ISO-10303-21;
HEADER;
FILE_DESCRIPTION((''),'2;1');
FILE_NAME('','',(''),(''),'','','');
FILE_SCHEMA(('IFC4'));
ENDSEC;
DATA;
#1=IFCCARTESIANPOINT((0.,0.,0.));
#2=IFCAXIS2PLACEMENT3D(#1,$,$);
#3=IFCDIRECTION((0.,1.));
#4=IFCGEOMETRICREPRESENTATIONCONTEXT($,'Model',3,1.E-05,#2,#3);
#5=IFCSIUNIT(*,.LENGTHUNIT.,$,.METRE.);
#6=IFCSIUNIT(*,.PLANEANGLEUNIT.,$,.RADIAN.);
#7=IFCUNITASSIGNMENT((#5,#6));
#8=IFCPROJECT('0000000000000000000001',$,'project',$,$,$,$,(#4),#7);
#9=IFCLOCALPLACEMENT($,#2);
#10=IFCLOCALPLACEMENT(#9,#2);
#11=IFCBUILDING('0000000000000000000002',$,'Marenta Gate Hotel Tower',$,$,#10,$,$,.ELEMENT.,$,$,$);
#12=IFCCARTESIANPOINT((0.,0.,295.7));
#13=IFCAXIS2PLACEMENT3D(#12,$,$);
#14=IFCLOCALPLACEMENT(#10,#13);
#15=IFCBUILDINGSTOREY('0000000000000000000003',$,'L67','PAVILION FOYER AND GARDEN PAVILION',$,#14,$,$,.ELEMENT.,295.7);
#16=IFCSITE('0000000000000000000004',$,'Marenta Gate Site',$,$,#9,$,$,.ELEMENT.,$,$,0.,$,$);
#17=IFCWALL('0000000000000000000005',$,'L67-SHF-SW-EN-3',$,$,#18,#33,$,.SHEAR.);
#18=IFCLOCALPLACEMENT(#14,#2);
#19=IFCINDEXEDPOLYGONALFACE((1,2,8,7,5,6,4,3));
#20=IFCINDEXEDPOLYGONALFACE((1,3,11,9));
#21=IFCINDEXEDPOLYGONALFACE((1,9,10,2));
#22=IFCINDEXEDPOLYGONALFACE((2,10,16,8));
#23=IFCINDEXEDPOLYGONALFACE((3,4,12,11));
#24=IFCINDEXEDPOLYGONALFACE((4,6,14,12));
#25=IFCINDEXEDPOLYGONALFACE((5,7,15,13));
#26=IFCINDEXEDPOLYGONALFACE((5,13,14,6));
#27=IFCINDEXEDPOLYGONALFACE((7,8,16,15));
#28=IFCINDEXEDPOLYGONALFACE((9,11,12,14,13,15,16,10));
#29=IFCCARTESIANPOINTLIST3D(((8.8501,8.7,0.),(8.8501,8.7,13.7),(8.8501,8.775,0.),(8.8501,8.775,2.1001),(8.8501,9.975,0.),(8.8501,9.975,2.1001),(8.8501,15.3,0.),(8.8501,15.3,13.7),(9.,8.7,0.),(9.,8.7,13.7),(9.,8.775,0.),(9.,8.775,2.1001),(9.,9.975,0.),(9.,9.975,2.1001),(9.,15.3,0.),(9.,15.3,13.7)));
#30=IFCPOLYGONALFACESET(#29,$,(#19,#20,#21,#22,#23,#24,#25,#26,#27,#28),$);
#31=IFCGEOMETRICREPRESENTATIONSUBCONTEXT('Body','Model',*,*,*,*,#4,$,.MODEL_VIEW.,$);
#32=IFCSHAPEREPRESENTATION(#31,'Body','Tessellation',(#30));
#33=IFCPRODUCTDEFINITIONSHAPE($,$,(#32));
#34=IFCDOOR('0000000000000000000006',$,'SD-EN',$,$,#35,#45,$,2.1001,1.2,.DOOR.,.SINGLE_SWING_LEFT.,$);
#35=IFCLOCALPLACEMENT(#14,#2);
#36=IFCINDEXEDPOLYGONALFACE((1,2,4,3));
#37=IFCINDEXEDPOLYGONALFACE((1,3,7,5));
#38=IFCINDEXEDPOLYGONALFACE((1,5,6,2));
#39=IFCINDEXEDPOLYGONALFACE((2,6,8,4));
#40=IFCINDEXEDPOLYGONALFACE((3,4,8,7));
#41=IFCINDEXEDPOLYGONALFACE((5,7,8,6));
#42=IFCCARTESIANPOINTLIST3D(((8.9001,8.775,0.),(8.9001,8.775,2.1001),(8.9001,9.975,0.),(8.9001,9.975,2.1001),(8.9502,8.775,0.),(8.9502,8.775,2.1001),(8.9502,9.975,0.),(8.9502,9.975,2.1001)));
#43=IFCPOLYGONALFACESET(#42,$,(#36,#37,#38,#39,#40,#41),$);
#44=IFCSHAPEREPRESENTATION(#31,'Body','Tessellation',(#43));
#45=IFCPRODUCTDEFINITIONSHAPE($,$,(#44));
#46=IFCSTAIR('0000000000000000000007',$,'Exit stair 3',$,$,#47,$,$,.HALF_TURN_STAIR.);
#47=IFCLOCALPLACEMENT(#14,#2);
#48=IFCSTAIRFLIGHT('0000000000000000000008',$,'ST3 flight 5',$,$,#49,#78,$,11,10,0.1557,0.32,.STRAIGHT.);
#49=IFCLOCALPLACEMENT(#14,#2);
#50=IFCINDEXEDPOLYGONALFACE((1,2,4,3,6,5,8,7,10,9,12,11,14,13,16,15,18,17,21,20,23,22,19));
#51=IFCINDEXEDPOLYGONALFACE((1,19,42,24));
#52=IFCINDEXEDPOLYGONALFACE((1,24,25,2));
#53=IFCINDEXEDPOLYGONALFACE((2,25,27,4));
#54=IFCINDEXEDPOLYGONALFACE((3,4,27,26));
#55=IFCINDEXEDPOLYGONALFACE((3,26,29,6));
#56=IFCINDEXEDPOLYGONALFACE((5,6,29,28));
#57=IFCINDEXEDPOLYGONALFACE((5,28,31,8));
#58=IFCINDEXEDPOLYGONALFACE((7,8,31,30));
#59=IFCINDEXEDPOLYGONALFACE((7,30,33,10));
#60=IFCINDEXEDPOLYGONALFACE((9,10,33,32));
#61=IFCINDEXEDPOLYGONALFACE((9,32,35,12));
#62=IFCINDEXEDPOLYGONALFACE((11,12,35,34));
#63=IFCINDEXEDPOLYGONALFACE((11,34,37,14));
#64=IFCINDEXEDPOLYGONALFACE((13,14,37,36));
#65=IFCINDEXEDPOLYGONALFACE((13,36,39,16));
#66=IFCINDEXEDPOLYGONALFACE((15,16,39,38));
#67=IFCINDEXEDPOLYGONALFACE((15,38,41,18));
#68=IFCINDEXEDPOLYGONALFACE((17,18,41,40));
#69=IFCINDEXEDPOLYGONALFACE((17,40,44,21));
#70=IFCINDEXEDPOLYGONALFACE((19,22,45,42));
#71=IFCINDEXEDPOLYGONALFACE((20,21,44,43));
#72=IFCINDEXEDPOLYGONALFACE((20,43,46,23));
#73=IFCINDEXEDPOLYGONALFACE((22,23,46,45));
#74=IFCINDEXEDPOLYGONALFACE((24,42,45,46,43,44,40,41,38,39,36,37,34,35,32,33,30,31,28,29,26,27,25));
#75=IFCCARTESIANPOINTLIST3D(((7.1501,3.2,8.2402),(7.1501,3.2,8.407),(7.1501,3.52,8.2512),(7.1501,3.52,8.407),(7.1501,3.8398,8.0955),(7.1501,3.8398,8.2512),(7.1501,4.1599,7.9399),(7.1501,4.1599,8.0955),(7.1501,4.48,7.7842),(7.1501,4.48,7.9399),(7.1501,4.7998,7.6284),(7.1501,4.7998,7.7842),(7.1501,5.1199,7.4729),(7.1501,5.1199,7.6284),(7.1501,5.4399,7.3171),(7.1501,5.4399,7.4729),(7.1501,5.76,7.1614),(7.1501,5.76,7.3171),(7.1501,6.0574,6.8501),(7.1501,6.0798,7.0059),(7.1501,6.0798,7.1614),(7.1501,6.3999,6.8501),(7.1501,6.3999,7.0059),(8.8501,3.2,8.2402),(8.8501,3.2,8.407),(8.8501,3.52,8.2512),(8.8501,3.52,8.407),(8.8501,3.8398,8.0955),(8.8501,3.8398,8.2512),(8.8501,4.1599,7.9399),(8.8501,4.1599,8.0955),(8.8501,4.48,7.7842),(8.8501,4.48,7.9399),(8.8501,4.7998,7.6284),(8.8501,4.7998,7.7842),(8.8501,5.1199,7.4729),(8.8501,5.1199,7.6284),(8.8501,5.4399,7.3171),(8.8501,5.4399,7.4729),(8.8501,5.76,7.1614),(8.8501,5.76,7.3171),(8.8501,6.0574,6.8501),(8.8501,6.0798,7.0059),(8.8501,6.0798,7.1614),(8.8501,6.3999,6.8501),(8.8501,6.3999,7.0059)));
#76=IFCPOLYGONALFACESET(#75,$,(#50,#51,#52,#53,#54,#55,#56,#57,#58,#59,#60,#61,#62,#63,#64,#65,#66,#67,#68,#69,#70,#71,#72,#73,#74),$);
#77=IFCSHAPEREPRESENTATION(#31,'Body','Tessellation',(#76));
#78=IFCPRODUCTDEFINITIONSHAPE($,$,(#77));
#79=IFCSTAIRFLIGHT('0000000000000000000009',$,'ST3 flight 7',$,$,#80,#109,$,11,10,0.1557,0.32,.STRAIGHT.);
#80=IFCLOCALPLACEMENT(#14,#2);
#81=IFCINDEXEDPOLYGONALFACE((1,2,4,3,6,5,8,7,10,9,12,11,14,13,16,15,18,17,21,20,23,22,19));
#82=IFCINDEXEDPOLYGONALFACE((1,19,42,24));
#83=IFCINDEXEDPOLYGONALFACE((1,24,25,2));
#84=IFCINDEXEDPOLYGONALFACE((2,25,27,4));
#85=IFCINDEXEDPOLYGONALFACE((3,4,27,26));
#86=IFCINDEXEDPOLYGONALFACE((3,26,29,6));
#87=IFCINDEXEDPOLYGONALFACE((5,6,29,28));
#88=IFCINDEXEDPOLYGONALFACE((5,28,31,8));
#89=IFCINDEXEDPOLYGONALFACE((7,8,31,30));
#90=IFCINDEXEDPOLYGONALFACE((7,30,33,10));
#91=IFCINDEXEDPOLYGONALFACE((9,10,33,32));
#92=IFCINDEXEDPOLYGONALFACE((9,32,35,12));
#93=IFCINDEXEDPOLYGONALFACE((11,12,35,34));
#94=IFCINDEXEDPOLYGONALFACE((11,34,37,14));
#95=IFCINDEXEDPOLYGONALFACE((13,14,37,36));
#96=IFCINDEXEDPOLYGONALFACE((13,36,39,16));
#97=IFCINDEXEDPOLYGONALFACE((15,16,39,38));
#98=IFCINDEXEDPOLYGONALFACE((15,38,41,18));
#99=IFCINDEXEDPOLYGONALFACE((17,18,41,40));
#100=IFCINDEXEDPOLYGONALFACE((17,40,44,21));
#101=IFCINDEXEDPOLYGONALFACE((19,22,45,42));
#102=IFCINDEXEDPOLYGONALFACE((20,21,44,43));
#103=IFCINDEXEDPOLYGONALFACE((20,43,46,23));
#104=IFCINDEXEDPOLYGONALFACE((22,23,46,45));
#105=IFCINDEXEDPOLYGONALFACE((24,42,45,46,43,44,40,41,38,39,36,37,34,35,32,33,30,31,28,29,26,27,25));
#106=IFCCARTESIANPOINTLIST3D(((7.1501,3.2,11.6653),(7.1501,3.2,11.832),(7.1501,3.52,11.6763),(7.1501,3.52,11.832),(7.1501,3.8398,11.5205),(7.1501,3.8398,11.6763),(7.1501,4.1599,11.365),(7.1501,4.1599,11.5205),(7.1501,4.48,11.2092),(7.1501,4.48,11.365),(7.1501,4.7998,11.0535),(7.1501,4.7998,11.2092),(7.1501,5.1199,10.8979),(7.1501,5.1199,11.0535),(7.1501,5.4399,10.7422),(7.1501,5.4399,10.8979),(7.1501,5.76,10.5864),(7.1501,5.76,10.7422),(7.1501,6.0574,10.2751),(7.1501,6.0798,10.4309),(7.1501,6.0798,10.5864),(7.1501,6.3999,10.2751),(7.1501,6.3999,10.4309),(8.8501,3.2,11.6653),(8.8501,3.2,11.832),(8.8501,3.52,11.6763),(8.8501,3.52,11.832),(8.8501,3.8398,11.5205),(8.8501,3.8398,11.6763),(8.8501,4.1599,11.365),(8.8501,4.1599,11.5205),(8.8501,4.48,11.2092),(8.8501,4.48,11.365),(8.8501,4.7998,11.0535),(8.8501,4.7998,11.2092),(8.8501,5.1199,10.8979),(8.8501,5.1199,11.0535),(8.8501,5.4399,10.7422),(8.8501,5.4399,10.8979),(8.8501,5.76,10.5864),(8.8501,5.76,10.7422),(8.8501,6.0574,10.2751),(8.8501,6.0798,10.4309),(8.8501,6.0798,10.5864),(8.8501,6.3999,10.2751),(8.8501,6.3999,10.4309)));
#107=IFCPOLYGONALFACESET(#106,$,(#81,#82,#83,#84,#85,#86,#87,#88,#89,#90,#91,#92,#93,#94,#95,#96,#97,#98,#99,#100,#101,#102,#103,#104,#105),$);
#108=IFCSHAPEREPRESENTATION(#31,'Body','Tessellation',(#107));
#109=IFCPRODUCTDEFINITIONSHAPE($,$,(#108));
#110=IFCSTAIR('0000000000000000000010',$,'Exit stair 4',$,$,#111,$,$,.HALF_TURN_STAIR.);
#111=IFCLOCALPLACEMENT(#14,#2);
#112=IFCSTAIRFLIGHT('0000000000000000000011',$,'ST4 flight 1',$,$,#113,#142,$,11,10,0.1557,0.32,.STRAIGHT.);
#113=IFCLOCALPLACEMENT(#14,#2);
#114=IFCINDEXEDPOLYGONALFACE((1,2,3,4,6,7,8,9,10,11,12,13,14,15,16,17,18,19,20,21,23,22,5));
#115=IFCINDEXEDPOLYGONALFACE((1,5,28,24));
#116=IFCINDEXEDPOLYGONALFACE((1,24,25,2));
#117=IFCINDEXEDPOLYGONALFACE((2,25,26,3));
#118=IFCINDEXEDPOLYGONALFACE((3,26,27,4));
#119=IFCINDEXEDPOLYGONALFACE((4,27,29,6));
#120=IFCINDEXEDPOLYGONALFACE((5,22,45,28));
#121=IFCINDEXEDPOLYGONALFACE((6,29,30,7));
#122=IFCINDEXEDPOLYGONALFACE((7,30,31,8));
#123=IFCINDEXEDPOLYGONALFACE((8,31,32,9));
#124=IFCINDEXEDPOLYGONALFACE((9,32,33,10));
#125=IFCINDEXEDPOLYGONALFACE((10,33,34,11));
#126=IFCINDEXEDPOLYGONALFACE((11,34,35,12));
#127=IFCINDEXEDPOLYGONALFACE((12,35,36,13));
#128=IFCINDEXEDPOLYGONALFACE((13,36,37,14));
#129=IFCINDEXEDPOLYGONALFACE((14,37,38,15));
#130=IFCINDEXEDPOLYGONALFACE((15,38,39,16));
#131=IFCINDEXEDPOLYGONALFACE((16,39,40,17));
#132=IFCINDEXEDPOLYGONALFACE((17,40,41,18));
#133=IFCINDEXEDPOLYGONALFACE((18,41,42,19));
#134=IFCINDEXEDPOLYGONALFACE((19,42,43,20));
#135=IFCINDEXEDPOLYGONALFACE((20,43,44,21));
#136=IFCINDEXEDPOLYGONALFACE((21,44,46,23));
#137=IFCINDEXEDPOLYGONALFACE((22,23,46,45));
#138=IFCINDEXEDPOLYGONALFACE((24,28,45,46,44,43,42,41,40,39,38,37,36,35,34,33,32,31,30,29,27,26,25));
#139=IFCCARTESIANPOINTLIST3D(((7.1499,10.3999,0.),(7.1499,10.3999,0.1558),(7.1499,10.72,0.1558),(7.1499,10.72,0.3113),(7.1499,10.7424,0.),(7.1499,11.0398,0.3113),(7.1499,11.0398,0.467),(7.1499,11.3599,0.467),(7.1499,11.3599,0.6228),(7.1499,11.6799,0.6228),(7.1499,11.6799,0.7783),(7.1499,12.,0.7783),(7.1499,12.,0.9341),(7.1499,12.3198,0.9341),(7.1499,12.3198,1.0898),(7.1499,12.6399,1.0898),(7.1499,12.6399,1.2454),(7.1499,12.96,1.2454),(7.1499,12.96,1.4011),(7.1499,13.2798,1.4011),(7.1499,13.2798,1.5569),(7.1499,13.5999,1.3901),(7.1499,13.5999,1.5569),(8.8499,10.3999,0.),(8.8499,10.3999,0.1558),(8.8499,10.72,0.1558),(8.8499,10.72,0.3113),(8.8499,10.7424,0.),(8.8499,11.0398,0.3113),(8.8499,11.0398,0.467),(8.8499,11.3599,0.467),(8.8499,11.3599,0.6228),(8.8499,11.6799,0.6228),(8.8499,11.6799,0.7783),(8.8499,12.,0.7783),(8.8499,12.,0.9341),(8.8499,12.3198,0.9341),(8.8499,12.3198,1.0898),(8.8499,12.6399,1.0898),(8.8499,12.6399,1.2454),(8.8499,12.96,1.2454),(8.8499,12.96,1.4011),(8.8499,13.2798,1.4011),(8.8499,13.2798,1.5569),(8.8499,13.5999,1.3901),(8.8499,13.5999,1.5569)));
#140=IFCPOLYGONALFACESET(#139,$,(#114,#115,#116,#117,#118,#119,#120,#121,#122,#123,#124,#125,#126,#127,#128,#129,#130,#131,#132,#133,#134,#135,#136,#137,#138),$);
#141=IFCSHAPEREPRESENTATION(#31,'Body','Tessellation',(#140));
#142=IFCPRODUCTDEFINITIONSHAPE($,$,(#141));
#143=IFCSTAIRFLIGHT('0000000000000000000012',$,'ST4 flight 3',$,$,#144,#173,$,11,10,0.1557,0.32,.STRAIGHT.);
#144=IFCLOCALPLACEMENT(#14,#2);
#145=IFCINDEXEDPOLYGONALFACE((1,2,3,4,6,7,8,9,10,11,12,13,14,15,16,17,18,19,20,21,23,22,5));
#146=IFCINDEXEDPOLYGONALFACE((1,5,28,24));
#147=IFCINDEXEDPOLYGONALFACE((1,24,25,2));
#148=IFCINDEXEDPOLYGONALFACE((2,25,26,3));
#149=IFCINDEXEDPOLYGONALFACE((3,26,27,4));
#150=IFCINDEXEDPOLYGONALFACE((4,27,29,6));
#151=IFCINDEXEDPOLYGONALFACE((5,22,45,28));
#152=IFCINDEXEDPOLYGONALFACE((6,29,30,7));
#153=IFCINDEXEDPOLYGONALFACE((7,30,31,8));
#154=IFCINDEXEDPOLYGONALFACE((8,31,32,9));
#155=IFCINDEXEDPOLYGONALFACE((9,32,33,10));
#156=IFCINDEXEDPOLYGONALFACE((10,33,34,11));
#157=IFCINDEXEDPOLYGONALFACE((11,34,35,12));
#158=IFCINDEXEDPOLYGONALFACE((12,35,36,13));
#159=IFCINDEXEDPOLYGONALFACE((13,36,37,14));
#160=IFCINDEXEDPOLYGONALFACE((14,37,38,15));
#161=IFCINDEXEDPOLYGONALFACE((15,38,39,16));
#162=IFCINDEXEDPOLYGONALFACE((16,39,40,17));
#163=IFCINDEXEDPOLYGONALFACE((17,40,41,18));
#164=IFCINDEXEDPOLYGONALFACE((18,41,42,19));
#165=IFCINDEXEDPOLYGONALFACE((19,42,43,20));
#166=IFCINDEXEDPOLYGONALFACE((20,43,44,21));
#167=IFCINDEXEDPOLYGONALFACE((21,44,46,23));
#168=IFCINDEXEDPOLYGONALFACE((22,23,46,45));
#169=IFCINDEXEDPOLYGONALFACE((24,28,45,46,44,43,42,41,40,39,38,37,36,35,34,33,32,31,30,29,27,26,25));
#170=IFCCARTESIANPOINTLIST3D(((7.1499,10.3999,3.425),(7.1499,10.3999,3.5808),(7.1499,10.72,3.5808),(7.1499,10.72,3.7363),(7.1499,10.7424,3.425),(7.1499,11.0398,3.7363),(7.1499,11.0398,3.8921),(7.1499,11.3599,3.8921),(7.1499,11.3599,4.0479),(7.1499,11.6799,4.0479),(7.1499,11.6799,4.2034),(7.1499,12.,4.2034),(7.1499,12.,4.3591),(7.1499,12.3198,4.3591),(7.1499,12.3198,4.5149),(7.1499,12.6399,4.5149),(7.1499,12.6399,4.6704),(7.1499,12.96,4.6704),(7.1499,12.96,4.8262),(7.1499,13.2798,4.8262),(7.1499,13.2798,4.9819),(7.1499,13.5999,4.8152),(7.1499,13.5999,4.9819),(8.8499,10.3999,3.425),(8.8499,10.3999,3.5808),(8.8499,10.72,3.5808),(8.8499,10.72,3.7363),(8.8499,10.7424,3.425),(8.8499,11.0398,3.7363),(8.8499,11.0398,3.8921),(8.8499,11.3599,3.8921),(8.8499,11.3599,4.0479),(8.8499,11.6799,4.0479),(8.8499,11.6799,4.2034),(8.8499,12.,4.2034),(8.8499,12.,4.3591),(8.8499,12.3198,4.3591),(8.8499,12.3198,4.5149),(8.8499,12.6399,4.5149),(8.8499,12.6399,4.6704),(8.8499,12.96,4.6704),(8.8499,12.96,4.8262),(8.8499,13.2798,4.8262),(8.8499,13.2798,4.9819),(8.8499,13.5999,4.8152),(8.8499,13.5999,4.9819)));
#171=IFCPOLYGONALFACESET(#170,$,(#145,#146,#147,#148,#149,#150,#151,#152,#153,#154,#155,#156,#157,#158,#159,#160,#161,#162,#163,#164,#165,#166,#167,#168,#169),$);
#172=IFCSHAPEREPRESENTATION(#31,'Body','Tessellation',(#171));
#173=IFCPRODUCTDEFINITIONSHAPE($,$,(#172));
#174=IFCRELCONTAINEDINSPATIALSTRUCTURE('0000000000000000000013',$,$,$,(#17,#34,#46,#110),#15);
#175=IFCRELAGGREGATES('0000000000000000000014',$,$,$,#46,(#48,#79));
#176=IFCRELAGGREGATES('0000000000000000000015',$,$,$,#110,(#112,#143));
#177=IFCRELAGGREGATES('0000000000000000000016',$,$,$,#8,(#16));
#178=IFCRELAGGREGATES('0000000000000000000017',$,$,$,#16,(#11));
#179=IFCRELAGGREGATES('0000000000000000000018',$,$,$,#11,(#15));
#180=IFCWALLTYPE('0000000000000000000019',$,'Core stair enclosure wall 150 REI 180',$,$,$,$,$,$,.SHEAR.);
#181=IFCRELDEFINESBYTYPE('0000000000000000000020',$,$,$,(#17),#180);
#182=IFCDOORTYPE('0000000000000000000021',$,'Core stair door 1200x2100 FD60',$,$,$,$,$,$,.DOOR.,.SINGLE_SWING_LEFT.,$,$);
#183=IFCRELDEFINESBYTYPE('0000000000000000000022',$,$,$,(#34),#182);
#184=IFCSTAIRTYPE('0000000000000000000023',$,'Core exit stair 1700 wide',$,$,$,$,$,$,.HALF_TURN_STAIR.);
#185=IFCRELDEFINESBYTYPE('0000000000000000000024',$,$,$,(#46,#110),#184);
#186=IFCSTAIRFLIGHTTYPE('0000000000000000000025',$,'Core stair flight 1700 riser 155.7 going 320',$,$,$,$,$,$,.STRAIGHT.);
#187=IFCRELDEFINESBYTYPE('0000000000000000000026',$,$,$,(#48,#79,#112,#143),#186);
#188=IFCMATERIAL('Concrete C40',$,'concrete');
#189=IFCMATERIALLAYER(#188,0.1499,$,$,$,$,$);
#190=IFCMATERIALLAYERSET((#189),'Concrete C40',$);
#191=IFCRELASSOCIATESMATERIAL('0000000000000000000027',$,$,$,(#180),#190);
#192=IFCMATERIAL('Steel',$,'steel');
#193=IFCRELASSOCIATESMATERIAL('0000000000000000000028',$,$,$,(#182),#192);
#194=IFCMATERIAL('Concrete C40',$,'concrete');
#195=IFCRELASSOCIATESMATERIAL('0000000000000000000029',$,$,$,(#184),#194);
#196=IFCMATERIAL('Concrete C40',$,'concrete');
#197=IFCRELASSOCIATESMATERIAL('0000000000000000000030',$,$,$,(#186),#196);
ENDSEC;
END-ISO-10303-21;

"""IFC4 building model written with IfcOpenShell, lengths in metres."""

from ifc_helpers import new_model, si_unit, direction, frame, frame_2d, origin, place, context, subcontext, project, spatial, polyline, rectangle, outline, extrude, material, layer, layer_set, type_object, element, fill, aggregate, save


model = new_model("IFC4")

# Units and contexts
model_context = context("Model", 3, precision=1e-05, world=origin(), true_north=direction((0.0, 1.0)))
body_context = subcontext(model_context, "Body", "Model", "MODEL_VIEW")
ifc_project = project(units=[si_unit("LENGTHUNIT", "METRE"), si_unit("PLANEANGLEUNIT", "RADIAN")], contexts=[model_context])

# Site, building, storey
site_placement = place(None, origin())
site = spatial("IfcSite", under=ifc_project, at=site_placement, Name="Marenta Gate Site", CompositionType="ELEMENT", RefElevation=0.0)
building_placement = place(site_placement, origin())
building = spatial("IfcBuilding", under=site, at=building_placement, Name="Marenta Gate Hotel Tower", CompositionType="ELEMENT")
storey_placement = place(building_placement, frame((0.0, 0.0, 295.7)))
storey = spatial("IfcBuildingStorey", under=building, at=storey_placement, Name="L67", Description="PAVILION FOYER AND GARDEN PAVILION", CompositionType="ELEMENT", Elevation=295.7)

# Wall, opening, door
ifc_material_1 = material(Name="Concrete C40", Category="concrete")
ifc_layer_1 = layer(ifc_material_1, 0.1499)
ifc_layer_set_1 = layer_set([ifc_layer_1], Name="Concrete C40")
wall_type_1 = type_object("IfcWallType", Name="Core stair enclosure wall 150 REI 180", PredefinedType="SHEAR", material=ifc_layer_set_1)
ifc_material_2 = material(Name="Steel", Category="steel")
door_type = type_object("IfcDoorType", Name="Core stair door 1200x2100 FD60", OperationType="SINGLE_SWING_LEFT", PredefinedType="DOOR", material=ifc_material_2)
wall_1_placement = place(storey_placement, frame((8.925, 8.7, 0.0), z_axis=(0.0, 0.0, 1.0), x_axis=(0.0, 1.0, 0.0)))
wall_1 = element("IfcWall", 1, at=wall_1_placement, inside=storey, type_object=wall_type_1, Name="L67-SHF-SW-EN-3", PredefinedType="SHEAR", context=body_context, shape_type="SweptSolid", body=[
    extrude(rectangle(XDim=6.6001, YDim=0.1499, at=frame_2d((3.3, 0.0))), origin(), (0.0, 0.0, 1.0), 13.7),
])
opening_1_placement = place(wall_1_placement, frame((0.075, 0.0, 0.0)))
opening_1 = element("IfcOpeningElement", 2, at=opening_1_placement, cuts=wall_1, PredefinedType="OPENING", context=body_context, shape_type="SweptSolid", body=[
    extrude(rectangle(XDim=1.2, YDim=2.1001, at=frame_2d((0.6001, 1.05))), frame((0.0, 0.075, 0.0), z_axis=(0.0, -1.0, 0.0), x_axis=(1.0, 0.0, 0.0)), (0.0, 0.0, 1.0), 0.1499),
])
door_1_placement = place(opening_1_placement, origin())
door_1 = element("IfcDoor", 3, at=door_1_placement, inside=storey, type_object=door_type, Name="SD-EN", OperationType="SINGLE_SWING_LEFT", OverallHeight=2.1001, OverallWidth=1.2, PredefinedType="DOOR", context=body_context, shape_type="SweptSolid", body=[
    extrude(rectangle(XDim=1.2, YDim=2.1001, at=frame_2d((0.6001, 1.05))), frame((0.0, 0.0249, 0.0), z_axis=(0.0, -1.0, 0.0), x_axis=(1.0, 0.0, 0.0)), (0.0, 0.0, 1.0), 0.05),
])
fill(opening_1, door_1)

# Stairs, stair flights
ifc_material_3 = material(Name="Concrete C40", Category="concrete")
stair_type = type_object("IfcStairType", Name="Core exit stair 1700 wide", PredefinedType="HALF_TURN_STAIR", material=ifc_material_3)
stair_1_placement = place(storey_placement, origin())
stair_1 = element("IfcStair", 4, at=stair_1_placement, inside=storey, type_object=stair_type, Name="Exit stair 3", PredefinedType="HALF_TURN_STAIR")
ifc_material_4 = material(Name="Concrete C40", Category="concrete")
stair_flight_type = type_object("IfcStairFlightType", Name="Core stair flight 1700 riser 155.7 going 320", PredefinedType="STRAIGHT", material=ifc_material_4)
stair_flight_1_placement = place(storey_placement, frame((8.0, 6.3999, 6.8501), z_axis=(0.0, 0.0, 1.0), x_axis=(0.0, -1.0, 0.0)))
stair_flight_1 = element("IfcStairFlight", 5, at=stair_flight_1_placement, type_object=stair_flight_type, Name="ST3 flight 5", NumberOfRisers=11, NumberOfTreads=10, PredefinedType="STRAIGHT", RiserHeight=0.1557, TreadLength=0.32, context=body_context, shape_type="SweptSolid", body=[
    extrude(outline(polyline([(0.0, 0.0), (0.0, 0.1558), (0.3201, 0.1558), (0.3201, 0.3113), (0.6399, 0.3113), (0.6399, 0.467), (0.96, 0.467), (0.96, 0.6228), (1.28, 0.6228), (1.28, 0.7783), (1.6001, 0.7783), (1.6001, 0.9341), (1.9199, 0.9341), (1.9199, 1.0898), (2.24, 1.0898), (2.24, 1.2454), (2.5601, 1.2454), (2.5601, 1.4011), (2.8799, 1.4011), (2.8799, 1.5569), (3.2, 1.5569), (3.2, 1.7124), (3.2, 1.3901), (0.3425, 0.0), (0.0, 0.0)])), frame((0.0, 0.8501, 0.0), z_axis=(0.0, -1.0, 0.0), x_axis=(1.0, 0.0, 0.0)), (0.0, 0.0, 1.0), 1.7),
])
stair_flight_2_placement = place(storey_placement, frame((8.0, 6.3999, 10.2751), z_axis=(0.0, 0.0, 1.0), x_axis=(0.0, -1.0, 0.0)))
stair_flight_2 = element("IfcStairFlight", 6, at=stair_flight_2_placement, type_object=stair_flight_type, Name="ST3 flight 7", NumberOfRisers=11, NumberOfTreads=10, PredefinedType="STRAIGHT", RiserHeight=0.1557, TreadLength=0.32, context=body_context, shape_type="SweptSolid", body=[
    extrude(outline(polyline([(0.0, 0.0), (0.0, 0.1558), (0.3201, 0.1558), (0.3201, 0.3113), (0.6399, 0.3113), (0.6399, 0.467), (0.96, 0.467), (0.96, 0.6228), (1.28, 0.6228), (1.28, 0.7783), (1.6001, 0.7783), (1.6001, 0.9341), (1.9199, 0.9341), (1.9199, 1.0898), (2.24, 1.0898), (2.24, 1.2454), (2.5601, 1.2454), (2.5601, 1.4011), (2.8799, 1.4011), (2.8799, 1.5569), (3.2, 1.5569), (3.2, 1.7124), (3.2, 1.3901), (0.3425, 0.0), (0.0, 0.0)])), frame((0.0, 0.8501, 0.0), z_axis=(0.0, -1.0, 0.0), x_axis=(1.0, 0.0, 0.0)), (0.0, 0.0, 1.0), 1.7),
])
aggregate(stair_1, [stair_flight_1, stair_flight_2])
stair_2_placement = place(storey_placement, origin())
stair_2 = element("IfcStair", 7, at=stair_2_placement, inside=storey, type_object=stair_type, Name="Exit stair 4", PredefinedType="HALF_TURN_STAIR")
stair_flight_3_placement = place(storey_placement, frame((8.0, 10.3999, 0.0), z_axis=(0.0, 0.0, 1.0), x_axis=(0.0, 1.0, 0.0)))
stair_flight_3 = element("IfcStairFlight", 8, at=stair_flight_3_placement, type_object=stair_flight_type, Name="ST4 flight 1", NumberOfRisers=11, NumberOfTreads=10, PredefinedType="STRAIGHT", RiserHeight=0.1557, TreadLength=0.32, context=body_context, shape_type="SweptSolid", body=[
    extrude(outline(polyline([(0.0, 0.0), (0.0, 0.1558), (0.3201, 0.1558), (0.3201, 0.3113), (0.6399, 0.3113), (0.6399, 0.467), (0.96, 0.467), (0.96, 0.6228), (1.28, 0.6228), (1.28, 0.7783), (1.6001, 0.7783), (1.6001, 0.9341), (1.9199, 0.9341), (1.9199, 1.0898), (2.24, 1.0898), (2.24, 1.2454), (2.5601, 1.2454), (2.5601, 1.4011), (2.8799, 1.4011), (2.8799, 1.5569), (3.2, 1.5569), (3.2, 1.7124), (3.2, 1.3901), (0.3425, 0.0), (0.0, 0.0)])), frame((0.0, 0.8501, 0.0), z_axis=(0.0, -1.0, 0.0), x_axis=(1.0, 0.0, 0.0)), (0.0, 0.0, 1.0), 1.7),
])
stair_flight_4_placement = place(storey_placement, frame((8.0, 10.3999, 3.425), z_axis=(0.0, 0.0, 1.0), x_axis=(0.0, 1.0, 0.0)))
stair_flight_4 = element("IfcStairFlight", 9, at=stair_flight_4_placement, type_object=stair_flight_type, Name="ST4 flight 3", NumberOfRisers=11, NumberOfTreads=10, PredefinedType="STRAIGHT", RiserHeight=0.1557, TreadLength=0.32, context=body_context, shape_type="SweptSolid", body=[
    extrude(outline(polyline([(0.0, 0.0), (0.0, 0.1558), (0.3201, 0.1558), (0.3201, 0.3113), (0.6399, 0.3113), (0.6399, 0.467), (0.96, 0.467), (0.96, 0.6228), (1.28, 0.6228), (1.28, 0.7783), (1.6001, 0.7783), (1.6001, 0.9341), (1.9199, 0.9341), (1.9199, 1.0898), (2.24, 1.0898), (2.24, 1.2454), (2.5601, 1.2454), (2.5601, 1.4011), (2.8799, 1.4011), (2.8799, 1.5569), (3.2, 1.5569), (3.2, 1.7124), (3.2, 1.3901), (0.3425, 0.0), (0.0, 0.0)])), frame((0.0, 0.8501, 0.0), z_axis=(0.0, -1.0, 0.0), x_axis=(1.0, 0.0, 0.0)), (0.0, 0.0, 1.0), 1.7),
])
aggregate(stair_2, [stair_flight_3, stair_flight_4])

save(model, "model.ifc")
